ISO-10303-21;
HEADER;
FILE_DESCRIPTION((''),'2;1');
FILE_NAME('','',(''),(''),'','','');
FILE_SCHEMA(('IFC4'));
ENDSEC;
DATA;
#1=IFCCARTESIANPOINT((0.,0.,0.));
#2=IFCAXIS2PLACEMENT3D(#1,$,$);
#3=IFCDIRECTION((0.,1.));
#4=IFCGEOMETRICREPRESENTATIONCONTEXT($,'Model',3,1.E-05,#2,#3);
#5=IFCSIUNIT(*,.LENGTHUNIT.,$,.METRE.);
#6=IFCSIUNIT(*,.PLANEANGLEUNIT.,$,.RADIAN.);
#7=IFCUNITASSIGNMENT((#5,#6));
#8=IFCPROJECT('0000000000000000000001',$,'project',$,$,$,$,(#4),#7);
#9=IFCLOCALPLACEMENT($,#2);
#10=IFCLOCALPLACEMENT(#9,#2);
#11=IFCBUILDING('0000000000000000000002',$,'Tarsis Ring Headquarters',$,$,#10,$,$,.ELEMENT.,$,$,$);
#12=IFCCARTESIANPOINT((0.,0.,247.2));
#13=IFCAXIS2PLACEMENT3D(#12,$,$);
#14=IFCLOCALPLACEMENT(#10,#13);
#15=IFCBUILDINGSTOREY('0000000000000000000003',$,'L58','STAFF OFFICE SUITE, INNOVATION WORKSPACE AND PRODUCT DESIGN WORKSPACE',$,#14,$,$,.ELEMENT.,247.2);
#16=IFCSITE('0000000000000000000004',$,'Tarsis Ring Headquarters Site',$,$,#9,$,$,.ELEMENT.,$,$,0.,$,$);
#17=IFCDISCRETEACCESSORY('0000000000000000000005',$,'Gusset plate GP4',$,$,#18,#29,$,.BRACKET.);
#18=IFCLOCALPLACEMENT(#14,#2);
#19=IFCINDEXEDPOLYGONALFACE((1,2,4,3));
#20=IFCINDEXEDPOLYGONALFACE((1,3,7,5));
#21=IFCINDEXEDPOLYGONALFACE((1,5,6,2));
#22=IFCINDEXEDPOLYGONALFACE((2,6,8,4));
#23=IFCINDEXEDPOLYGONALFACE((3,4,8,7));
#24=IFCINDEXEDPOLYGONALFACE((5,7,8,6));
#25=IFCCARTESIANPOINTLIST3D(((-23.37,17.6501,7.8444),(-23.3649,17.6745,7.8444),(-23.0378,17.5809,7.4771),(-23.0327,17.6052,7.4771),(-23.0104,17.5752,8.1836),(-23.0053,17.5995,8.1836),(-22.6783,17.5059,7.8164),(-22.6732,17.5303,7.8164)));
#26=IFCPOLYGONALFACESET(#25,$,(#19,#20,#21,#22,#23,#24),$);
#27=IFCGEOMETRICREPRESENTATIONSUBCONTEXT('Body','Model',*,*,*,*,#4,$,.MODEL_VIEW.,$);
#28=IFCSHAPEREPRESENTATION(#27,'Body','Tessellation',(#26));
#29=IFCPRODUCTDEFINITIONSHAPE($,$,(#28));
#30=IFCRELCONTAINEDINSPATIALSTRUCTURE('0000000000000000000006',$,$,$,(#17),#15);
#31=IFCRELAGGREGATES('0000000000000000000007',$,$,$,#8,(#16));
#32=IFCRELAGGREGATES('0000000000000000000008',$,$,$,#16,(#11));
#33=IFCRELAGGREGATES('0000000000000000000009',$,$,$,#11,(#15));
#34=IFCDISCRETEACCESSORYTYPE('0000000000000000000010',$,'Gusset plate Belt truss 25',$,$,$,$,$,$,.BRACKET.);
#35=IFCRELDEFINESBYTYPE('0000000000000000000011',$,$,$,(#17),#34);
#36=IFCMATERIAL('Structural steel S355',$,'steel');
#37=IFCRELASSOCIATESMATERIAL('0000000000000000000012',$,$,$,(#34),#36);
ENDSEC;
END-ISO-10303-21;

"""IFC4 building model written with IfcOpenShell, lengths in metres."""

from ifc_helpers import new_model, si_unit, direction, frame, origin, origin_2d, place, context, subcontext, project, spatial, rectangle, extrude, material, material_profile, profile_set, type_object, element, save


model = new_model("IFC4")

# Units and contexts
model_context = context("Model", 3, precision=1e-05, world=origin(), true_north=direction((0.0, 1.0)))
body_context = subcontext(model_context, "Body", "Model", "MODEL_VIEW")
ifc_project = project(units=[si_unit("LENGTHUNIT", "METRE"), si_unit("PLANEANGLEUNIT", "RADIAN")], contexts=[model_context])

# Site, building, storey
site_placement = place(None, origin())
site = spatial("IfcSite", under=ifc_project, at=site_placement, Name="Tarsis Ring Headquarters Site", CompositionType="ELEMENT", RefElevation=0.0)
building_placement = place(site_placement, origin())
building = spatial("IfcBuilding", under=site, at=building_placement, Name="Tarsis Ring Headquarters", CompositionType="ELEMENT")
storey_placement = place(building_placement, frame((0.0, 0.0, 247.2)))
storey = spatial("IfcBuildingStorey", under=building, at=storey_placement, Name="L58", Description="STAFF OFFICE SUITE, INNOVATION WORKSPACE AND PRODUCT DESIGN WORKSPACE", CompositionType="ELEMENT", Elevation=247.2)

# Shared definitions
ifc_material_1 = material(Name="Structural steel S355", Category="steel")

# Discrete accessory
ifc_material_profile_1 = material_profile(ifc_material_1, rectangle(XDim=0.0249, YDim=0.5, at=origin_2d()), Name="PL 25x500")
ifc_profile_set_1 = profile_set([ifc_material_profile_1], Name="Structural steel S355")
discrete_accessory_type = type_object("IfcDiscreteAccessoryType", Name="Gusset plate Belt truss 25", PredefinedType="BRACKET", material=ifc_profile_set_1)
for number, where, z_axis, x_axis, name in (
    (1, (-22.8418, 17.5527, 8.0), (-0.719086, 0.149871, -0.678567), (-0.204034, -0.978964, 0.0), "Gusset plate GP4"),
):
    element("IfcDiscreteAccessory", number, at=place(storey_placement, frame(where, z_axis=z_axis, x_axis=x_axis)), inside=storey, type_object=discrete_accessory_type, Name=name, PredefinedType="BRACKET", context=body_context, shape_type="SweptSolid", body=[
        extrude(rectangle(XDim=0.0249, YDim=0.5, at=origin_2d()), origin(), (0.0, 0.0, 1.0), 0.5),
    ])

save(model, "model.ifc")
